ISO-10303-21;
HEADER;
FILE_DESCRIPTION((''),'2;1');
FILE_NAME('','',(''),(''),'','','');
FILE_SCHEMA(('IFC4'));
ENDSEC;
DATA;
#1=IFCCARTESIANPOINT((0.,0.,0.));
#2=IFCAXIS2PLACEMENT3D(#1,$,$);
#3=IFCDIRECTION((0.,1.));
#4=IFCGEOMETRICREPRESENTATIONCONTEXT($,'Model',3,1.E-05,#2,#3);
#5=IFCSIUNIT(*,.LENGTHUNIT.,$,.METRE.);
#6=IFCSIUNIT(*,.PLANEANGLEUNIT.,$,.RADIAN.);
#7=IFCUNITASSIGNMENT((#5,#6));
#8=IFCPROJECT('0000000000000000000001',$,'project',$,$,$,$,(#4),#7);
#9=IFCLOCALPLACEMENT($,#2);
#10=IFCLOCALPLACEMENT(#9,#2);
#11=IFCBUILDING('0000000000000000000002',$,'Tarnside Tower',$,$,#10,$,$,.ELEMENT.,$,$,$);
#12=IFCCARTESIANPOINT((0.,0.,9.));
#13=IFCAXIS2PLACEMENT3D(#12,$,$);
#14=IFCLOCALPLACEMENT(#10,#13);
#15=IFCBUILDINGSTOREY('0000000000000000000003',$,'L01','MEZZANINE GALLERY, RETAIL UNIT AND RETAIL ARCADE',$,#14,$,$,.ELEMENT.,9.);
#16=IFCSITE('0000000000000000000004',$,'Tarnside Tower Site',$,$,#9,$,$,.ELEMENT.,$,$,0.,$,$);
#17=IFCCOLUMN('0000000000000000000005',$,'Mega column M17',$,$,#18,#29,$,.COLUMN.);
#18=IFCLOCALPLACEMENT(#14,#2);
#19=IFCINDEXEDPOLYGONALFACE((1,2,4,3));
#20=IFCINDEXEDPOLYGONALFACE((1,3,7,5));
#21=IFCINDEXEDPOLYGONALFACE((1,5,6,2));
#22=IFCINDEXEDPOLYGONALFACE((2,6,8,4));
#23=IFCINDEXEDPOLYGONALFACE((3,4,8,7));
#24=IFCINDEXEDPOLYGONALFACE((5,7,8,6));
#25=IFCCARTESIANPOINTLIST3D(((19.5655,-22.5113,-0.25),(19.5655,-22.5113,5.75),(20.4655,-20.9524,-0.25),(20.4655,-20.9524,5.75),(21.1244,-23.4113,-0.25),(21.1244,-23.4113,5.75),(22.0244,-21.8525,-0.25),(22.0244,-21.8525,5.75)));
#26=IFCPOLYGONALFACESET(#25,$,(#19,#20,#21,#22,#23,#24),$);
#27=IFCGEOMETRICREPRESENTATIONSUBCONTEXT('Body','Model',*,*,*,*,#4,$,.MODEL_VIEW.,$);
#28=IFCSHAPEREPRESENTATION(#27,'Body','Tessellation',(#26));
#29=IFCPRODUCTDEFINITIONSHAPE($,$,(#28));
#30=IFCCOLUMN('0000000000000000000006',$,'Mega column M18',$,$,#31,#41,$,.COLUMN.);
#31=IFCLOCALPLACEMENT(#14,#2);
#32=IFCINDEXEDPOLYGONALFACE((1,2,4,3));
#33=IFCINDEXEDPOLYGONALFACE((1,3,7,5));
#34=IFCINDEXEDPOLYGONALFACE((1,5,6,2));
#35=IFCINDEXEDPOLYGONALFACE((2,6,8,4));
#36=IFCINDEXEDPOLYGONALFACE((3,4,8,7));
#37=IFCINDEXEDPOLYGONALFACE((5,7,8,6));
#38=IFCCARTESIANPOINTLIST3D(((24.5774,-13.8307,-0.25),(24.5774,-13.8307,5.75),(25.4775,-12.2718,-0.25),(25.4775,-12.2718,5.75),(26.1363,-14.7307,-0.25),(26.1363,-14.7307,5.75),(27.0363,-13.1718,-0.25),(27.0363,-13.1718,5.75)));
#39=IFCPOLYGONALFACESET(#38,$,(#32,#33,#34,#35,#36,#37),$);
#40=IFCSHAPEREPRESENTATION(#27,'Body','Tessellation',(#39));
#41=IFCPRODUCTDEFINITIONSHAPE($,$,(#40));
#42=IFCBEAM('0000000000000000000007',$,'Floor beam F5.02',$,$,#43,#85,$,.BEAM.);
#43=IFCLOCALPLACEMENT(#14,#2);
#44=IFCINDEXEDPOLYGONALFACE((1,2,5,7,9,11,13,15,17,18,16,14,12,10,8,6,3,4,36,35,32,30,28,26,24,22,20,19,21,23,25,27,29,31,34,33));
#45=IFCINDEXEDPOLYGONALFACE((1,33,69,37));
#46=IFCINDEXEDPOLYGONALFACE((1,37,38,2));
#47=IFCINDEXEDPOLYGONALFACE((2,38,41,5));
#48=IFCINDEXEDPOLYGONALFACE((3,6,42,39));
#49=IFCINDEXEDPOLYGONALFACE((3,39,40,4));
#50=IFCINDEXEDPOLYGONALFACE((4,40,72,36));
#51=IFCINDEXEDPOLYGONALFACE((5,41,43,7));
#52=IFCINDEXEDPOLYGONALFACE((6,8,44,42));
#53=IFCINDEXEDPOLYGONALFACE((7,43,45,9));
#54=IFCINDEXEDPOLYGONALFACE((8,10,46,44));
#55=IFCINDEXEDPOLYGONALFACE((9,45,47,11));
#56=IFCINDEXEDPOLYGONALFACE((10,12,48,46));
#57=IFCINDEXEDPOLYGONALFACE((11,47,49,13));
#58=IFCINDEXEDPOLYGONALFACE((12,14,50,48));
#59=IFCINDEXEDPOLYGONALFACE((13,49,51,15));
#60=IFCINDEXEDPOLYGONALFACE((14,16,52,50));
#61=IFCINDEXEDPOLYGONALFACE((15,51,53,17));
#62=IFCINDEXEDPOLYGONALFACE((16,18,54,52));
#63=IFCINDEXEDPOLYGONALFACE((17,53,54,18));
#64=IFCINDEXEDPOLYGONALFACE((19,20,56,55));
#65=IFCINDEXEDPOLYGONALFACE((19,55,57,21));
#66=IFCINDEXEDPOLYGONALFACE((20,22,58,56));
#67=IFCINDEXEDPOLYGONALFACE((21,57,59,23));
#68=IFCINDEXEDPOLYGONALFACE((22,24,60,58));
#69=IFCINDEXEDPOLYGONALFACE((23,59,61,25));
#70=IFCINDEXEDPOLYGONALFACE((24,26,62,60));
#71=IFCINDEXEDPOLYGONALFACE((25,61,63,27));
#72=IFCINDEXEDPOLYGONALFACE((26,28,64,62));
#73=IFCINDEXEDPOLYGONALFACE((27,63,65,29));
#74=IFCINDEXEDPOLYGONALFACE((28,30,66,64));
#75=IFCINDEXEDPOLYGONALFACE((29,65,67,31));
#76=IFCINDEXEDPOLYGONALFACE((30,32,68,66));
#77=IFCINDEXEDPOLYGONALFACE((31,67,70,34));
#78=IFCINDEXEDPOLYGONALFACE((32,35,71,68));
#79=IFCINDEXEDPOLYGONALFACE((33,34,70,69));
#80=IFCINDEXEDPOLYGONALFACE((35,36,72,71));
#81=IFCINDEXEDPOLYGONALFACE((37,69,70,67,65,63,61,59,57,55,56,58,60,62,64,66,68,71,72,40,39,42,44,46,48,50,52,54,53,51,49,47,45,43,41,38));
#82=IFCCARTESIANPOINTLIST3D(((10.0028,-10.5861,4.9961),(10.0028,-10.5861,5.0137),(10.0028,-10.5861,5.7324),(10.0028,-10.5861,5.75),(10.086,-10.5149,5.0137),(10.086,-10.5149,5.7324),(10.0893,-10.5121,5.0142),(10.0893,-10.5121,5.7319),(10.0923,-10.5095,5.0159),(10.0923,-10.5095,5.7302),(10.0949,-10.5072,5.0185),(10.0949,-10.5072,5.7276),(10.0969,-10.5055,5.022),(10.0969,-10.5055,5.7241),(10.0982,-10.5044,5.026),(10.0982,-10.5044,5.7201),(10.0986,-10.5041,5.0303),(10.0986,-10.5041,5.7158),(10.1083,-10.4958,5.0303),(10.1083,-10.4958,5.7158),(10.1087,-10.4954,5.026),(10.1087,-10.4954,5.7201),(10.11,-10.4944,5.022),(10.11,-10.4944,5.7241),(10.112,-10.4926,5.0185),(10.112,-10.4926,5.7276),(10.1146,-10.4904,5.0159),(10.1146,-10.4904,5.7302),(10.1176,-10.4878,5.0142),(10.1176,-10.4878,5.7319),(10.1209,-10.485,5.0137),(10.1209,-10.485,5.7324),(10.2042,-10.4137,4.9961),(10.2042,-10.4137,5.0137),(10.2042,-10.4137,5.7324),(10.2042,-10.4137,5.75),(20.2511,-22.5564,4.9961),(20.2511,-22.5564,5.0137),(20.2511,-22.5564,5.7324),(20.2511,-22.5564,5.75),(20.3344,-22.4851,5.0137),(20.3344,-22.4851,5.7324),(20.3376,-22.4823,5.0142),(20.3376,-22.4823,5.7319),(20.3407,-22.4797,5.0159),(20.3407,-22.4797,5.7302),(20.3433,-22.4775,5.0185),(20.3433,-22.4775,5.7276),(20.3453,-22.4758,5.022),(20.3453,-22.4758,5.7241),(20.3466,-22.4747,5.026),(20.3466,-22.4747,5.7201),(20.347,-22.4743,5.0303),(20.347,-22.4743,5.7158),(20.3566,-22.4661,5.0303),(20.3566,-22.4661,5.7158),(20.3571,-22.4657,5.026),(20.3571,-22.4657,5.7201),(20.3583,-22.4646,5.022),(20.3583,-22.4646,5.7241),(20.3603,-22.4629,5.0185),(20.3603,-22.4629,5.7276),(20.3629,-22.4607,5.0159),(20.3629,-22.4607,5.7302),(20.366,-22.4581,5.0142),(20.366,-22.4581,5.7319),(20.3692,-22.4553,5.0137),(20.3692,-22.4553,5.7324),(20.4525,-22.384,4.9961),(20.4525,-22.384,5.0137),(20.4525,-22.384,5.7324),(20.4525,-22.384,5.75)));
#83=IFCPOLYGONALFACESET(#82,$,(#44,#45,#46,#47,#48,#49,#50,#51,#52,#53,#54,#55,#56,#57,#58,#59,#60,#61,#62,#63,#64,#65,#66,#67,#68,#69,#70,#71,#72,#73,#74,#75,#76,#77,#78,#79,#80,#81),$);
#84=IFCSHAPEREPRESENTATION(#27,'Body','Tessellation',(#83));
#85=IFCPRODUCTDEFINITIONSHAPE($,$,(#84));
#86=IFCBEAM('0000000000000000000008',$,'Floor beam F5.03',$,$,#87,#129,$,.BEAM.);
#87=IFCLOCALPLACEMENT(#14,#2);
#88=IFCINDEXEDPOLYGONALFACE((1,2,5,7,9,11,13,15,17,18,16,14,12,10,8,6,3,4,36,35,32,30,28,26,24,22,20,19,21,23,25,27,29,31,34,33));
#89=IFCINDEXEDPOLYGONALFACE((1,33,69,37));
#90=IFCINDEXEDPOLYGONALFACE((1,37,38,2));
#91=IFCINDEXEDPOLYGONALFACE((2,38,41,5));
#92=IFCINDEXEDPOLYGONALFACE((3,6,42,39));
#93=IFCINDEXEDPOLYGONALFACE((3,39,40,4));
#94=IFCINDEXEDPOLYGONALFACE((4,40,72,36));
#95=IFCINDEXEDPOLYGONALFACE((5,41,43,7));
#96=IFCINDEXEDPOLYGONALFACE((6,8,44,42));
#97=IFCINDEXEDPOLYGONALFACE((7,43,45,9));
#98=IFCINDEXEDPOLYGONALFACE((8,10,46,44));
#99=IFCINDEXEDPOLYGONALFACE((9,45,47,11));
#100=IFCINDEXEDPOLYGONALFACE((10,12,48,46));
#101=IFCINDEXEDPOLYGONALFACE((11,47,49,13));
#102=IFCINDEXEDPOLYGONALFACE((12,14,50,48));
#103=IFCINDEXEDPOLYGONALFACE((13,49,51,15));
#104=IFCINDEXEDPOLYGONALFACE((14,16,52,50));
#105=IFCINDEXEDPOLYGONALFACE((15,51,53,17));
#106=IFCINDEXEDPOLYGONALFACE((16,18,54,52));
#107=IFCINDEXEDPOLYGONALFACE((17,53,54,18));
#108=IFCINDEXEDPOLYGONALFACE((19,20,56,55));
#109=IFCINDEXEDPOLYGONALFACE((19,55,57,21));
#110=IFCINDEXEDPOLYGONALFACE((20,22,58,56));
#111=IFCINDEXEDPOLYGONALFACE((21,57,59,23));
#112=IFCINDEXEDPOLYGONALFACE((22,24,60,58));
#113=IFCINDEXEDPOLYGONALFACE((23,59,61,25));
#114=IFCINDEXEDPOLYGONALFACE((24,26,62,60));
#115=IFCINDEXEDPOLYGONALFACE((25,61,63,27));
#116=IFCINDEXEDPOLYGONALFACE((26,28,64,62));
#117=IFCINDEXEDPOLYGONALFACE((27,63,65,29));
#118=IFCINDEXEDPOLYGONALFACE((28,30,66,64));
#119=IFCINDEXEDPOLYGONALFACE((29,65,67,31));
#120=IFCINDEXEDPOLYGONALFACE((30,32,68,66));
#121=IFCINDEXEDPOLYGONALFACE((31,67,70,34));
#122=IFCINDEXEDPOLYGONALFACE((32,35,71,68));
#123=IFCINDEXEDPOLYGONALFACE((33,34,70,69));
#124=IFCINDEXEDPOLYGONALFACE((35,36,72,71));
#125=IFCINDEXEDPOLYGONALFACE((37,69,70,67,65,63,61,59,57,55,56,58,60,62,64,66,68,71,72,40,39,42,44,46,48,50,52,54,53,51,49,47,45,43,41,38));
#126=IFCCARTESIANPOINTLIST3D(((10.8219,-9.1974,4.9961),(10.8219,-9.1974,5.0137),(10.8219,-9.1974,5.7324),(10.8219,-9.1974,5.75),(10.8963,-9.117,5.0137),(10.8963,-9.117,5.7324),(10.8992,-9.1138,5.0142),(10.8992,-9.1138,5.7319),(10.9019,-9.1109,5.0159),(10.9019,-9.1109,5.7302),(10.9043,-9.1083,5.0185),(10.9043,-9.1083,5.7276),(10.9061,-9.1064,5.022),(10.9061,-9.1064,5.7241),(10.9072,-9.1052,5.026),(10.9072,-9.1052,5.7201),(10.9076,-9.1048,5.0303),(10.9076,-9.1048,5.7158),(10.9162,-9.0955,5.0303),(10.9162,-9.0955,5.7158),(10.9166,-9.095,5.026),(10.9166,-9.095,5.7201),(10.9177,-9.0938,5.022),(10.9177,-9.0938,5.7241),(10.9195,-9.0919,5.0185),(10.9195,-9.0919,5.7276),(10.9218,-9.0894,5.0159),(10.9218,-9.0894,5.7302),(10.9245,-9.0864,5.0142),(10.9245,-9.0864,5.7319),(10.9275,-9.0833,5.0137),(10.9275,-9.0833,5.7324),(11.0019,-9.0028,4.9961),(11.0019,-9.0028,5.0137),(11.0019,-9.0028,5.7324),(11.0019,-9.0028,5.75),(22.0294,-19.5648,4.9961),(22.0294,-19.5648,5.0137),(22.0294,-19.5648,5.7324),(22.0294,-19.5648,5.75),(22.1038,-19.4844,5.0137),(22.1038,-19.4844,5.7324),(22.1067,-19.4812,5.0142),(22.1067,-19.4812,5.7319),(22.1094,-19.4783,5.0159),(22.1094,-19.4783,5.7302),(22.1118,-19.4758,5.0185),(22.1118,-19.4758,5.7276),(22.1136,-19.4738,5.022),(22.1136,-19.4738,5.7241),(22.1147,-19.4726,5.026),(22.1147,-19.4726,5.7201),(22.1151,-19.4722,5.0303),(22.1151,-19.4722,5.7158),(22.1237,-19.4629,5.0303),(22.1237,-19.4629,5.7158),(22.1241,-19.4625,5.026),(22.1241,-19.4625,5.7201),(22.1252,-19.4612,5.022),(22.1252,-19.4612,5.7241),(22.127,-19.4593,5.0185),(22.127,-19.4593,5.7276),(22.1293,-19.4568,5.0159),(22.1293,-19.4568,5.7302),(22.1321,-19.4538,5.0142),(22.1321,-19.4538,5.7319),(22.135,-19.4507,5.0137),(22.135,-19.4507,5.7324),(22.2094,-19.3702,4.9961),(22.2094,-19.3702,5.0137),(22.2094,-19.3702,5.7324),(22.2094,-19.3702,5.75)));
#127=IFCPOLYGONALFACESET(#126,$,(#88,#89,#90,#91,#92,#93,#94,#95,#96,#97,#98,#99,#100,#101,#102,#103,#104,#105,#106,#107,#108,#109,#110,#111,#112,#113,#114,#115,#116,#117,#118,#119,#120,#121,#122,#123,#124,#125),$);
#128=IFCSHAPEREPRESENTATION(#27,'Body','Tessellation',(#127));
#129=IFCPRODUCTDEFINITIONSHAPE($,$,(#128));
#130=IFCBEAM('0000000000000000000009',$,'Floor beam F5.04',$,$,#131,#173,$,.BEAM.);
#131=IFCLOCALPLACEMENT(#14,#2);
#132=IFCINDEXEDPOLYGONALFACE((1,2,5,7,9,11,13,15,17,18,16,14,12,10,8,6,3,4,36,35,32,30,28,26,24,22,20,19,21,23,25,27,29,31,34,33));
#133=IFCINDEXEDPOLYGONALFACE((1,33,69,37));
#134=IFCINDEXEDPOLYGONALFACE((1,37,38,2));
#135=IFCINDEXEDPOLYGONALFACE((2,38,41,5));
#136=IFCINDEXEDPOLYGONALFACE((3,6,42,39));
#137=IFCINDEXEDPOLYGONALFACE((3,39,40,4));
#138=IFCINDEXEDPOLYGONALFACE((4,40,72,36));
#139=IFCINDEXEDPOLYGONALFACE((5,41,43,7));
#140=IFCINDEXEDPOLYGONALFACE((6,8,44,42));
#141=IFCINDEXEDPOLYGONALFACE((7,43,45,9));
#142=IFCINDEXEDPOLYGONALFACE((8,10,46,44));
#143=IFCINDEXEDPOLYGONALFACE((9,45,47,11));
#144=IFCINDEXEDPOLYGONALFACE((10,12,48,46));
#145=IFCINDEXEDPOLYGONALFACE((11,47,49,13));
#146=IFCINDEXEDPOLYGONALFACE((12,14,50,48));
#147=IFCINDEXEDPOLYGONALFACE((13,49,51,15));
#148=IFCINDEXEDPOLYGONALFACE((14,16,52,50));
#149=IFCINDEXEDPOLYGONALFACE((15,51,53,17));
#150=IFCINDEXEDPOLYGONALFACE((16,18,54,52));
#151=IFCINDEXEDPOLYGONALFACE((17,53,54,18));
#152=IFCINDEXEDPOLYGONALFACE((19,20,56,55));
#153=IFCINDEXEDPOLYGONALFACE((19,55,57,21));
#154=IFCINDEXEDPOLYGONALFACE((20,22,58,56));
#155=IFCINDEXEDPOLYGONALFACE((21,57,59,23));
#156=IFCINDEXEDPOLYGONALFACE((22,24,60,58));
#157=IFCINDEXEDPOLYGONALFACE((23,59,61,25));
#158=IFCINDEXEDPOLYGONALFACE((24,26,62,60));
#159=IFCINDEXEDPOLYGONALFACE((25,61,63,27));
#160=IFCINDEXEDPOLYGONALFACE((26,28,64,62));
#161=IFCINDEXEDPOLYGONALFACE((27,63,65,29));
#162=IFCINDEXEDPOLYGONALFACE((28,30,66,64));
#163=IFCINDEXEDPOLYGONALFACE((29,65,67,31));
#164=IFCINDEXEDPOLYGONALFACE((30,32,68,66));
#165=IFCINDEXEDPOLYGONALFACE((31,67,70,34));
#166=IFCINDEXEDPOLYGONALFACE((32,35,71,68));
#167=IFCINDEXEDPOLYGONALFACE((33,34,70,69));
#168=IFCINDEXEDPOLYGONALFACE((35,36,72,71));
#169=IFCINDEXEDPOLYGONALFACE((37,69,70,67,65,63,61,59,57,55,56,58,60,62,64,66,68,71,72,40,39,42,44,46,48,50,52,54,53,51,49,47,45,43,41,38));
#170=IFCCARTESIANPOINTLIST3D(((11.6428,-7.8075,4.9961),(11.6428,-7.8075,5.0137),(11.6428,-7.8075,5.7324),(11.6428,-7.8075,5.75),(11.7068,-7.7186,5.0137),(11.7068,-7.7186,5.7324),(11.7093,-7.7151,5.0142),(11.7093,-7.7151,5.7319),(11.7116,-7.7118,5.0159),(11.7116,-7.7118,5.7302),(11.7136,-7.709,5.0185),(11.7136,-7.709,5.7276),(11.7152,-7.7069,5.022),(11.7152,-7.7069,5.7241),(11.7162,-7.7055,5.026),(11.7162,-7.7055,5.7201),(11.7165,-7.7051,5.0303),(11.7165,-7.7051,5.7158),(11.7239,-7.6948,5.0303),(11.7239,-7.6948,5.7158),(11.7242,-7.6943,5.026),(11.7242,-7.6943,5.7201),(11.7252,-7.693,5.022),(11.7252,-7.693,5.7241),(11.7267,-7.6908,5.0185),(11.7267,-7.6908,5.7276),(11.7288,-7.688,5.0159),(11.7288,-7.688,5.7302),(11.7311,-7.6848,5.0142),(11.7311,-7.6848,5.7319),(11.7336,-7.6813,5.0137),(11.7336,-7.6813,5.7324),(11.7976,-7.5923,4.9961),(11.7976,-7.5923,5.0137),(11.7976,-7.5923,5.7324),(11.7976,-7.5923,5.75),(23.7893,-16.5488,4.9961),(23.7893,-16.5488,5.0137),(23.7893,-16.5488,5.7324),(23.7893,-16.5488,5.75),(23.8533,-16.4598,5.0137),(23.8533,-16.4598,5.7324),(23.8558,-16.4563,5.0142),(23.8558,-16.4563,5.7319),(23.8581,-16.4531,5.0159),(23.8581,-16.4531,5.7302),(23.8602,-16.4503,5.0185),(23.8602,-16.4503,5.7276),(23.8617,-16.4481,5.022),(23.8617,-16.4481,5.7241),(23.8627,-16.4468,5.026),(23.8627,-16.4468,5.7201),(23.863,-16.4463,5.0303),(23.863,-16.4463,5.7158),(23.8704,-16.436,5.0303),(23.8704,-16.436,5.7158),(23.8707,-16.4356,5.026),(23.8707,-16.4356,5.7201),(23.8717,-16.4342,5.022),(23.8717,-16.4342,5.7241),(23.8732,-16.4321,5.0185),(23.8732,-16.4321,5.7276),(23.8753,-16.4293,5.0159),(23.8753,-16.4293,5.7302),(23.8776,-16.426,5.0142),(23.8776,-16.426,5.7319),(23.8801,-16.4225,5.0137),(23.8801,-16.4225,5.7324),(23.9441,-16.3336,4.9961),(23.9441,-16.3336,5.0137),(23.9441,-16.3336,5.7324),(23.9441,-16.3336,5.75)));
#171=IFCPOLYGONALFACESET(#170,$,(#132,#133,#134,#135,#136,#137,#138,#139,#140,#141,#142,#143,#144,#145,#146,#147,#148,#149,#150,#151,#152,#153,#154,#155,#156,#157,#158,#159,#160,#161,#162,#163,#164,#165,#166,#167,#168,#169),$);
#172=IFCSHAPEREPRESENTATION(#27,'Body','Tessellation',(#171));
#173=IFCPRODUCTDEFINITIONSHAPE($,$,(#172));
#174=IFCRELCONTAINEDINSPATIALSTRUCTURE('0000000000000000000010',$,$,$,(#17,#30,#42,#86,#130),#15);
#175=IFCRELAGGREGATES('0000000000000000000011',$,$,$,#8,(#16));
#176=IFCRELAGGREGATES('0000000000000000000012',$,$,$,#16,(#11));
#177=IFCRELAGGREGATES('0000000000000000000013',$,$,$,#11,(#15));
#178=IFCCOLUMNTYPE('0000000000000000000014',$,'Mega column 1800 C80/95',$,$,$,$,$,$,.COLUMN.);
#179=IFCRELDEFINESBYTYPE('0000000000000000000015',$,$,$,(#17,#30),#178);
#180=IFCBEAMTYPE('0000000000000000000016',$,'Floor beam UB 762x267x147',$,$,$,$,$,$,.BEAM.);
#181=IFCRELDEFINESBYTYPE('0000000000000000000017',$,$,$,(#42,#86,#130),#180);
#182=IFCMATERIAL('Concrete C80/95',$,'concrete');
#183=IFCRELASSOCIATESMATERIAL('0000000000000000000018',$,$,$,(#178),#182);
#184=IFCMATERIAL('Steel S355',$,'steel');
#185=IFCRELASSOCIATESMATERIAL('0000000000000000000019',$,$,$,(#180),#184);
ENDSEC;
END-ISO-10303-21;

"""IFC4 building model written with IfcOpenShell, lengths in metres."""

from ifc_helpers import new_model, si_unit, direction, frame, origin, origin_2d, place, context, subcontext, project, spatial, rectangle, i_section, extrude, material, material_profile, profile_set, type_object, element, save


model = new_model("IFC4")

# Units and contexts
model_context = context("Model", 3, precision=1e-05, world=origin(), true_north=direction((0.0, 1.0)))
body_context = subcontext(model_context, "Body", "Model", "MODEL_VIEW")
ifc_project = project(units=[si_unit("LENGTHUNIT", "METRE"), si_unit("PLANEANGLEUNIT", "RADIAN")], contexts=[model_context])

# Site, building, storey
site_placement = place(None, origin())
site = spatial("IfcSite", under=ifc_project, at=site_placement, Name="Tarnside Tower Site", CompositionType="ELEMENT", RefElevation=0.0)
building_placement = place(site_placement, origin())
building = spatial("IfcBuilding", under=site, at=building_placement, Name="Tarnside Tower", CompositionType="ELEMENT")
storey_placement = place(building_placement, frame((0.0, 0.0, 9.0)))
storey = spatial("IfcBuildingStorey", under=building, at=storey_placement, Name="L01", Description="MEZZANINE GALLERY, RETAIL UNIT AND RETAIL ARCADE", CompositionType="ELEMENT", Elevation=9.0)

# Columns
ifc_material_1 = material(Name="Concrete C80/95", Category="concrete")
ifc_material_profile_1 = material_profile(ifc_material_1, rectangle(XDim=1.8, YDim=1.8, at=origin_2d()), Name="Mega column 1800x1800")
ifc_profile_set_1 = profile_set([ifc_material_profile_1], Name="Concrete C80/95")
column_type = type_object("IfcColumnType", Name="Mega column 1800 C80/95", PredefinedType="COLUMN", material=ifc_profile_set_1)
for number, where, z_axis, x_axis, name in (
    (1, (20.7949, -22.1819, -0.25), (0.0, 0.0, 1.0), (-0.5, -0.866025, 0.0), "Mega column M17"),
    (2, (25.8069, -13.5012, -0.25), (0.0, 0.0, 1.0), (-0.5, -0.866025, 0.0), "Mega column M18"),
):
    element("IfcColumn", number, at=place(storey_placement, frame(where, z_axis=z_axis, x_axis=x_axis)), inside=storey, type_object=column_type, Name=name, PredefinedType="COLUMN", context=body_context, shape_type="SweptSolid", body=[
        extrude(rectangle(XDim=1.8, YDim=1.8, at=origin_2d()), origin(), (0.0, 0.0, 1.0), 6.0),
    ])

# Beams
ifc_material_2 = material(Name="Steel S355", Category="steel")
ifc_material_profile_2 = material_profile(ifc_material_2, i_section(OverallWidth=0.2651, OverallDepth=0.7539, WebThickness=0.0127, FlangeThickness=0.0176, FilletRadius=0.0166, at=origin_2d()), Name="UB 762x267x147")
ifc_profile_set_2 = profile_set([ifc_material_profile_2], Name="Steel S355")
beam_type_1 = type_object("IfcBeamType", Name="Floor beam UB 762x267x147", PredefinedType="BEAM", material=ifc_profile_set_2)
beam_1_placement = place(storey_placement, frame((20.3518, -22.4702, 5.373), z_axis=(-0.650356, 0.759629, 0.0), x_axis=(-0.759629, -0.650356, 0.0)))
element("IfcBeam", 3, at=beam_1_placement, inside=storey, type_object=beam_type_1, Name="Floor beam F5.02", PredefinedType="BEAM", context=body_context, shape_type="SweptSolid", body=[
    extrude(i_section(OverallWidth=0.2651, OverallDepth=0.7539, WebThickness=0.0127, FlangeThickness=0.0176, FilletRadius=0.0166, at=origin_2d()), origin(), (0.0, 0.0, 1.0), 15.7581),
])
beam_2_placement = place(storey_placement, frame((22.1194, -19.4675, 5.373), z_axis=(-0.734084, 0.679059, 0.0), x_axis=(-0.679059, -0.734084, 0.0)))
element("IfcBeam", 4, at=beam_2_placement, inside=storey, type_object=beam_type_1, Name="Floor beam F5.03", PredefinedType="BEAM", context=body_context, shape_type="SweptSolid", body=[
    extrude(i_section(OverallWidth=0.2651, OverallDepth=0.7539, WebThickness=0.0127, FlangeThickness=0.0176, FilletRadius=0.0166, at=origin_2d()), origin(), (0.0, 0.0, 1.0), 15.2673),
])
beam_3_placement = place(storey_placement, frame((23.8667, -16.4412, 5.373), z_axis=(-0.811669, 0.584117, 0.0), x_axis=(-0.584117, -0.811669, 0.0)))
element("IfcBeam", 5, at=beam_3_placement, inside=storey, type_object=beam_type_1, Name="Floor beam F5.04", PredefinedType="BEAM", context=body_context, shape_type="SweptSolid", body=[
    extrude(i_section(OverallWidth=0.2651, OverallDepth=0.7539, WebThickness=0.0127, FlangeThickness=0.0176, FilletRadius=0.0166, at=origin_2d()), origin(), (0.0, 0.0, 1.0), 14.9648),
])

save(model, "model.ifc")
